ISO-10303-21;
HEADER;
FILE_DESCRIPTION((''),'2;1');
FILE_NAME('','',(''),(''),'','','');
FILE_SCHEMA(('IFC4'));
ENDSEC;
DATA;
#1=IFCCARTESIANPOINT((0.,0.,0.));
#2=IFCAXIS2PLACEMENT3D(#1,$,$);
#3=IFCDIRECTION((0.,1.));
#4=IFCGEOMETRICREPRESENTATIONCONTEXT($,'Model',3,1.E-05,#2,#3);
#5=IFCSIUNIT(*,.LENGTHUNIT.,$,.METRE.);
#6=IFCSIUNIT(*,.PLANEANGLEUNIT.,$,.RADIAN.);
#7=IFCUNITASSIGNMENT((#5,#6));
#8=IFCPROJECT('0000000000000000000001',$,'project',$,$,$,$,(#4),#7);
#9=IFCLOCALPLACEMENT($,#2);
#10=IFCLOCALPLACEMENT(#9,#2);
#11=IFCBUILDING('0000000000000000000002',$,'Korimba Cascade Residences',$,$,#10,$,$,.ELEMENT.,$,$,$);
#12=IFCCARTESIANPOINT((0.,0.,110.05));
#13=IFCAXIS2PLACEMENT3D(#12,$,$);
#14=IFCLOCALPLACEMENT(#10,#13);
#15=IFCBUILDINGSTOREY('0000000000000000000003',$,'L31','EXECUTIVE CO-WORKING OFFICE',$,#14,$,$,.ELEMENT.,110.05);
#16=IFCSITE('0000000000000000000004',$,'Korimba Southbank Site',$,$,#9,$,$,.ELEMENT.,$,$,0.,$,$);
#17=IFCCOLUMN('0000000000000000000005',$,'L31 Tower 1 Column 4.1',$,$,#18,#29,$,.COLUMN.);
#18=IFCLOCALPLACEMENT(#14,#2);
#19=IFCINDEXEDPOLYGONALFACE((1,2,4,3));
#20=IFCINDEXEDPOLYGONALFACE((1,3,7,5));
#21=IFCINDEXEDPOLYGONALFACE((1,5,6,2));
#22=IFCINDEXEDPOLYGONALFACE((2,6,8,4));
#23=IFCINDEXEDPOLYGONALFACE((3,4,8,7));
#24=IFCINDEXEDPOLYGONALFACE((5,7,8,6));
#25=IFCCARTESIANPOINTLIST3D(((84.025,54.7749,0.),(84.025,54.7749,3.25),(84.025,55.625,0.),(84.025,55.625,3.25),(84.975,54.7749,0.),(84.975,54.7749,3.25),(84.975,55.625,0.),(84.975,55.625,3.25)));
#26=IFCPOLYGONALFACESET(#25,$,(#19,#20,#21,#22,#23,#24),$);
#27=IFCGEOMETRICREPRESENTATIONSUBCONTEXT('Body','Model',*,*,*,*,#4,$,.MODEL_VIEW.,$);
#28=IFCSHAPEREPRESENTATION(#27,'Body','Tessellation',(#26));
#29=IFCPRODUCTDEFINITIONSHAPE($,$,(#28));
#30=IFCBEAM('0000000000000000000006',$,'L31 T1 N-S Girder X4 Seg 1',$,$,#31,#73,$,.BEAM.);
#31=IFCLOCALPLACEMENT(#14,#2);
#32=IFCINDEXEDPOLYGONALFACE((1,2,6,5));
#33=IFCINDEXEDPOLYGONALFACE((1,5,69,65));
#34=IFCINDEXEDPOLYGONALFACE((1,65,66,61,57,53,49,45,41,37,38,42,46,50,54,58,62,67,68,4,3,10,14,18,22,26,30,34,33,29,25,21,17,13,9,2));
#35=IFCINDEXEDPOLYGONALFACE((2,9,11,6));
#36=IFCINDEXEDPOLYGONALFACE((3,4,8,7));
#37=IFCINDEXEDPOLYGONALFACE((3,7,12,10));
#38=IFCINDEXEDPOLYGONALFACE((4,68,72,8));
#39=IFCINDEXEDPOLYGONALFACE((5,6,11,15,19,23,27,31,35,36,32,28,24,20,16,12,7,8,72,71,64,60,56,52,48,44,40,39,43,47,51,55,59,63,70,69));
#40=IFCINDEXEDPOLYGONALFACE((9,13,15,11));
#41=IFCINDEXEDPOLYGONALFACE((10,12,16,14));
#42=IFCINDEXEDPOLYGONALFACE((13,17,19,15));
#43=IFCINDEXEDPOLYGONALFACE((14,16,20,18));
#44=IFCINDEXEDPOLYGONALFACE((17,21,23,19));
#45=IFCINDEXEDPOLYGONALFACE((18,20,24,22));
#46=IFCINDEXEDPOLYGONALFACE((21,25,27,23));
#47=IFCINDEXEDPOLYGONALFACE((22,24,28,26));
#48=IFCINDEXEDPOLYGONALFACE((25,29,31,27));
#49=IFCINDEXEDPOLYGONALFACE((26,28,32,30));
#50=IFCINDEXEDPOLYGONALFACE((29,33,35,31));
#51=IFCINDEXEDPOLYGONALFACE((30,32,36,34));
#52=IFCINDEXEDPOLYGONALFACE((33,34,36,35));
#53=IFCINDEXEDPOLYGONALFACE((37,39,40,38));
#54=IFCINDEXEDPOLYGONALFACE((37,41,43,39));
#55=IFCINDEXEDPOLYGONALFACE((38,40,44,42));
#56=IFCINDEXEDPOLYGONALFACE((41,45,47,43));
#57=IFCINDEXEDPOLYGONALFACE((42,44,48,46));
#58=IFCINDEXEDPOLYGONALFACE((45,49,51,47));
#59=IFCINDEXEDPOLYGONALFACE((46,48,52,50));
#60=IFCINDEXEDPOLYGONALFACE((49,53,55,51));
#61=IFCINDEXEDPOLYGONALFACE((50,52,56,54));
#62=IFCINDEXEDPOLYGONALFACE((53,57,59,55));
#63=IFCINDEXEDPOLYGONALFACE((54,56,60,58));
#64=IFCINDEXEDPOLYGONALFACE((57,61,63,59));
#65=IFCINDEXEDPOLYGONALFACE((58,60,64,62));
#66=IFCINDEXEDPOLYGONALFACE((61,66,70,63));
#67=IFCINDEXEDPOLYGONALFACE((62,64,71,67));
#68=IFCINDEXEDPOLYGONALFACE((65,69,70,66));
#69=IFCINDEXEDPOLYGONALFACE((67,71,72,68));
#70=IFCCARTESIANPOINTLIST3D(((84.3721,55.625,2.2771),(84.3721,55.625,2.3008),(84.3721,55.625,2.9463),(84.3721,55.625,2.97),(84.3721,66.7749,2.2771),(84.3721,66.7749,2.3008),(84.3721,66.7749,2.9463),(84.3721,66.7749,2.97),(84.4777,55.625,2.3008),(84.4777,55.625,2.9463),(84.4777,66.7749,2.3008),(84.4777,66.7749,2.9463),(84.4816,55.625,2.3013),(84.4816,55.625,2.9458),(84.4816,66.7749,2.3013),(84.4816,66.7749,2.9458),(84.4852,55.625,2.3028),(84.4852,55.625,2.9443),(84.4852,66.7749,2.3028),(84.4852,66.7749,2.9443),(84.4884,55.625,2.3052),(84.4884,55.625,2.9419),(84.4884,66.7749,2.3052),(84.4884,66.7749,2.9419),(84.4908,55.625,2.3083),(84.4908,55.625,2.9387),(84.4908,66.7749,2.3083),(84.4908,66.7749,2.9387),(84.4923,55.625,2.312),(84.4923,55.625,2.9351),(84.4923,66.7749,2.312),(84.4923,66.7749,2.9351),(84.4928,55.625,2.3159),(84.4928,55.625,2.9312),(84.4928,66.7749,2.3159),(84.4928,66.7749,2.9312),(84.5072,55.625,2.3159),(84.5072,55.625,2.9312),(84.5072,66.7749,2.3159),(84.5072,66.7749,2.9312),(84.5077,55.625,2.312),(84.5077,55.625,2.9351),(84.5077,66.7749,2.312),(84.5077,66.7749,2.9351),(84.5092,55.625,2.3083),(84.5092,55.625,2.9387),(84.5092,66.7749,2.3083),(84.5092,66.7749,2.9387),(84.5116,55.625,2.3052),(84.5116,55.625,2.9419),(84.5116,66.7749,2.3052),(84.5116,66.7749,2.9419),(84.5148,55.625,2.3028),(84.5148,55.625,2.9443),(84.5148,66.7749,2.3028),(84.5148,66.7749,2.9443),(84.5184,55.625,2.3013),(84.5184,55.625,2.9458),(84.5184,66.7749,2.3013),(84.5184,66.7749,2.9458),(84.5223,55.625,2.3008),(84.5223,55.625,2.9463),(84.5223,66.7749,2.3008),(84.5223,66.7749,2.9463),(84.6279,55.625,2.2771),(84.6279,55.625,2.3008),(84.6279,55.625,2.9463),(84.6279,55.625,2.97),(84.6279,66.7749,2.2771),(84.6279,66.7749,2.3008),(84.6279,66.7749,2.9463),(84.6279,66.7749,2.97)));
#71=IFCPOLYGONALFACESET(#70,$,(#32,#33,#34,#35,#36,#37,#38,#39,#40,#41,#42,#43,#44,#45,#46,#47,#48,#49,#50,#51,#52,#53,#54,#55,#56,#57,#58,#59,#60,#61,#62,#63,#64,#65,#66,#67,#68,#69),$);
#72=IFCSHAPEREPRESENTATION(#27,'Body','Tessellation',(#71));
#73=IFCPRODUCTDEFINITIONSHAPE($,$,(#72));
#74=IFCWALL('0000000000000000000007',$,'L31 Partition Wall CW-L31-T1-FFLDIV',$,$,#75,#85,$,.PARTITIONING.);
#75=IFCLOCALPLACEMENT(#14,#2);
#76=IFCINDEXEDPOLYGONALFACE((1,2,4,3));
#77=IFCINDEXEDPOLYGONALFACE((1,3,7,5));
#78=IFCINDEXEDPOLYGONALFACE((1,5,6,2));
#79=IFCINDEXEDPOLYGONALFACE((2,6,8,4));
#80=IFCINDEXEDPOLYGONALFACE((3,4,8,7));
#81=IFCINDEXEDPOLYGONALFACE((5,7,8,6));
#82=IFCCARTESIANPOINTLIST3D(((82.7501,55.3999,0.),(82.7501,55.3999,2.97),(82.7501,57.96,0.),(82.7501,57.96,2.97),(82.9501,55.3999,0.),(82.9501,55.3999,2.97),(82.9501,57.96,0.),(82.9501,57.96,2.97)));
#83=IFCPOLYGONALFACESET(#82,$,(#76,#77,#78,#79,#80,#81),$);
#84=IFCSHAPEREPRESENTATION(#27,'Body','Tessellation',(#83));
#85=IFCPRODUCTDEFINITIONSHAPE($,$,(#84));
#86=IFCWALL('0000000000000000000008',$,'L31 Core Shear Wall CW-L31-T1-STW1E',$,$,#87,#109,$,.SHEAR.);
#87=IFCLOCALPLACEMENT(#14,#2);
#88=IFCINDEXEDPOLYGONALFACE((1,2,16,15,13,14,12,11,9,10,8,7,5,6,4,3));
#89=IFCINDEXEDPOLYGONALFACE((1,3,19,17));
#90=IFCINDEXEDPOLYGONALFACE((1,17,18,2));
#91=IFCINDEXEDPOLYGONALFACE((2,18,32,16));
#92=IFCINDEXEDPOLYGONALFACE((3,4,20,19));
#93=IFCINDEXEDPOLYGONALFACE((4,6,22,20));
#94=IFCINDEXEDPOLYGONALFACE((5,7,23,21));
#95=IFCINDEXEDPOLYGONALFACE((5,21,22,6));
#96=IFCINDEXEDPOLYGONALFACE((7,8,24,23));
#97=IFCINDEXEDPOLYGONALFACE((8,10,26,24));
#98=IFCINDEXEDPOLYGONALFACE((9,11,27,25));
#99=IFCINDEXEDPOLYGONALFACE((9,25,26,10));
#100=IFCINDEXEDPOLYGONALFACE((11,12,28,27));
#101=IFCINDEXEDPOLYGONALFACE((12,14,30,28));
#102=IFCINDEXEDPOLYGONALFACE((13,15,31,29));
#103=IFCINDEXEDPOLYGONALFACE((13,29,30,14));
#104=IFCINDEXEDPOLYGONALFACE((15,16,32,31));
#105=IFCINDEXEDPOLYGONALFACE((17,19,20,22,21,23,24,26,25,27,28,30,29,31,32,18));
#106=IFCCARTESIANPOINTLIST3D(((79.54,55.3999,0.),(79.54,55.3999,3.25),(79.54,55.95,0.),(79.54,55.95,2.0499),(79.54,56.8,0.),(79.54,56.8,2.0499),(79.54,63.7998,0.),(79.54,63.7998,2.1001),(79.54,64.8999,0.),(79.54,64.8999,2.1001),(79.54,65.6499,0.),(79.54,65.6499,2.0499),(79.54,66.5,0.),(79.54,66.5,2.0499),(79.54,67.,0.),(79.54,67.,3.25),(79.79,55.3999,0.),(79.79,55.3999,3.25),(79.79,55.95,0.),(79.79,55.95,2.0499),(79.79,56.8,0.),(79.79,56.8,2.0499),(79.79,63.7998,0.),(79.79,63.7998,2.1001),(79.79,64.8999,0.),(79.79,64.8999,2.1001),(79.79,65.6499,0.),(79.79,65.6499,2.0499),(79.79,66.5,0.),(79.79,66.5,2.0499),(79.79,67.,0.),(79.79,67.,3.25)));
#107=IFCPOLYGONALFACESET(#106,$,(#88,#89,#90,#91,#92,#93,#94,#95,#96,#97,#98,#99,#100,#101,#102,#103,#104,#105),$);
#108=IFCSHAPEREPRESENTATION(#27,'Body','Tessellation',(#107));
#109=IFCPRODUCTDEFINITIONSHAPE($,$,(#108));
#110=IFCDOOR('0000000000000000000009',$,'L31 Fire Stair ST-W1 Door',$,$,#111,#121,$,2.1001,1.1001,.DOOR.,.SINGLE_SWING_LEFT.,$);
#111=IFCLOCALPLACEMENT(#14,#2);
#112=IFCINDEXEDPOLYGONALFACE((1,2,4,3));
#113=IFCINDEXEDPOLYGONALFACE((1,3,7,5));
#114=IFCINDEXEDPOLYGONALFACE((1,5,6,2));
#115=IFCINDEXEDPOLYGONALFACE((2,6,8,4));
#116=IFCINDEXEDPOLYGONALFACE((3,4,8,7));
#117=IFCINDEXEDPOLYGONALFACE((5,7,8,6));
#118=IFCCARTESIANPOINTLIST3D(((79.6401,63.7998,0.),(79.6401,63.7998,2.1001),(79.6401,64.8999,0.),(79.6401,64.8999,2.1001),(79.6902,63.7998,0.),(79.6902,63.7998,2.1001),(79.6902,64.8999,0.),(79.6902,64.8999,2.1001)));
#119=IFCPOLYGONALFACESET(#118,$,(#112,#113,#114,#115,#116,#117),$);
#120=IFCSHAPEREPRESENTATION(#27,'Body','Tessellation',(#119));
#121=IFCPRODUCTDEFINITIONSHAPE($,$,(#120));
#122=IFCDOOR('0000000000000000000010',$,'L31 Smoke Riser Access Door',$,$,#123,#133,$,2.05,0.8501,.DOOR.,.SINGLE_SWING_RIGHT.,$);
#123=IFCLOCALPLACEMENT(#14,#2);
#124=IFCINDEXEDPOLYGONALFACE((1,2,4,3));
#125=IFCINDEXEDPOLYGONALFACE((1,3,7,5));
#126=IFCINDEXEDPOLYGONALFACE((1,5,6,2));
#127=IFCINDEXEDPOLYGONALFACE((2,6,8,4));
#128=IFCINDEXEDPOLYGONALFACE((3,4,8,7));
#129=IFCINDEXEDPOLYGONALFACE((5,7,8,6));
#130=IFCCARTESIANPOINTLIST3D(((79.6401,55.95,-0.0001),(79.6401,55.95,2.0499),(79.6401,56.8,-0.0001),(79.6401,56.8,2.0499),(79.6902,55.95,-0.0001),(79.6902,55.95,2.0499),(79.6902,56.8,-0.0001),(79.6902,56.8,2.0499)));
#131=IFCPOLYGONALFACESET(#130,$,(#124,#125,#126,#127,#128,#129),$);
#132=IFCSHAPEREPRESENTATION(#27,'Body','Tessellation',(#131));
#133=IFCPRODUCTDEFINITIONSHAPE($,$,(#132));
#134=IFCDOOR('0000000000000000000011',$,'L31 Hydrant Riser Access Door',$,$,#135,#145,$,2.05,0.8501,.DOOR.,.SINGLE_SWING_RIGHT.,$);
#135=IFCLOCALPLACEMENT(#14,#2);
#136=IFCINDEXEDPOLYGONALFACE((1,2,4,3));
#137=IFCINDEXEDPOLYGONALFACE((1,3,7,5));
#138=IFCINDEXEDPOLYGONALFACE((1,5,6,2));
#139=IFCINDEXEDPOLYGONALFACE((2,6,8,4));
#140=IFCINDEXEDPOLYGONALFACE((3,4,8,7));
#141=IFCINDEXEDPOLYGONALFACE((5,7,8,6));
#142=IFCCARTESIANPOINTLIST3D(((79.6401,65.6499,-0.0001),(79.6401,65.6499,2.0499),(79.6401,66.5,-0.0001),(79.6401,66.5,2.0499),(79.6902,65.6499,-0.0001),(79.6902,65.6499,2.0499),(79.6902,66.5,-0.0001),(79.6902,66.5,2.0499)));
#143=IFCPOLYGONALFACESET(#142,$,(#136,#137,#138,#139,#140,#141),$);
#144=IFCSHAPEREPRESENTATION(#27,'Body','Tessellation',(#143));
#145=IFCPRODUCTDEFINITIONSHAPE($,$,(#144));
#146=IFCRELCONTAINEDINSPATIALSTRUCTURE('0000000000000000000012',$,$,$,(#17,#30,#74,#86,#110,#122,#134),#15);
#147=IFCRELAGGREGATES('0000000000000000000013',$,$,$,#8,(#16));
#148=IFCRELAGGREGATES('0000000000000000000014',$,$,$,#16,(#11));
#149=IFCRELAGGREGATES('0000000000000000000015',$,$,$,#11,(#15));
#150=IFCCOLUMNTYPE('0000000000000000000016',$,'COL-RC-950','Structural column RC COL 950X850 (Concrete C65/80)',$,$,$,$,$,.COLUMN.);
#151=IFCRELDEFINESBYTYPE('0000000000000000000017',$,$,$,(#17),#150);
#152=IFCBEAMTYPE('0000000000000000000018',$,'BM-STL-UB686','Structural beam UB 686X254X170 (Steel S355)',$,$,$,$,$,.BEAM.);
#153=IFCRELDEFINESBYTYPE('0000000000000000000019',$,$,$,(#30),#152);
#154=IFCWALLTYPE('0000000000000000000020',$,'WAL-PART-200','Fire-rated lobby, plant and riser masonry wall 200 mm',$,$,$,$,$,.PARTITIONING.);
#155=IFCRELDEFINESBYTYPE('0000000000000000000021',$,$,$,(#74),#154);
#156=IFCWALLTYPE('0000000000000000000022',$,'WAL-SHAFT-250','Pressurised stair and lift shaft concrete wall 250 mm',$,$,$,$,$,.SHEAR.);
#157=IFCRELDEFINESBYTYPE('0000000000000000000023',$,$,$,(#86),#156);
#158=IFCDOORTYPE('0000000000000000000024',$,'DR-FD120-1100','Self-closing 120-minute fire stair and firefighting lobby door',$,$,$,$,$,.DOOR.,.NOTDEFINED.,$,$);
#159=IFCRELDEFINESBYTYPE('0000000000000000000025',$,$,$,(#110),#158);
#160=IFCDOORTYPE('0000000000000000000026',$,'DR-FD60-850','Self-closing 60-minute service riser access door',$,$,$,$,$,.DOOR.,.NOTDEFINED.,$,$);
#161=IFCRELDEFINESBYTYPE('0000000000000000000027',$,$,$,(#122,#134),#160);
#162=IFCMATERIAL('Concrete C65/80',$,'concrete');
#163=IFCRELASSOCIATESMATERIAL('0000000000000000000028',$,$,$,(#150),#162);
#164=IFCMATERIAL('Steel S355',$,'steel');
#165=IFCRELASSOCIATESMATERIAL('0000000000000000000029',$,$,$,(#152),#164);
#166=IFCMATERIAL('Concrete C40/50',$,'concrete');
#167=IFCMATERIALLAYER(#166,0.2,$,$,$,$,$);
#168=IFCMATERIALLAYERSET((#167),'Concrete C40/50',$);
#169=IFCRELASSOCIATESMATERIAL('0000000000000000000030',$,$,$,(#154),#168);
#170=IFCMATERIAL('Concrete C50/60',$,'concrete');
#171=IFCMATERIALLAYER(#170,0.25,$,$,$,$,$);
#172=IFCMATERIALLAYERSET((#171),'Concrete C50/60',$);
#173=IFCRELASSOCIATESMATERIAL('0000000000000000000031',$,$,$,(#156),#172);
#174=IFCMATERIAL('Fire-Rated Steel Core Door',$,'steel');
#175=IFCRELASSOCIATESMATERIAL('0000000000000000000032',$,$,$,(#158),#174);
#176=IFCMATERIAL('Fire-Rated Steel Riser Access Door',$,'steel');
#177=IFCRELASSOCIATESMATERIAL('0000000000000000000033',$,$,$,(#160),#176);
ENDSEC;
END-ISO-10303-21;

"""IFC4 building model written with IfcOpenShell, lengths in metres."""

from ifc_helpers import new_model, si_unit, direction, frame, frame_2d, origin, origin_2d, place, context, subcontext, project, spatial, rectangle, i_section, extrude, material, layer, layer_set, material_profile, profile_set, type_object, element, fill, save


model = new_model("IFC4")

# Units and contexts
model_context = context("Model", 3, precision=1e-05, world=origin(), true_north=direction((0.0, 1.0)))
body_context = subcontext(model_context, "Body", "Model", "MODEL_VIEW")
ifc_project = project(units=[si_unit("LENGTHUNIT", "METRE"), si_unit("PLANEANGLEUNIT", "RADIAN")], contexts=[model_context])

# Site, building, storey
site_placement = place(None, origin())
site = spatial("IfcSite", under=ifc_project, at=site_placement, Name="Korimba Southbank Site", CompositionType="ELEMENT", RefElevation=0.0)
building_placement = place(site_placement, origin())
building = spatial("IfcBuilding", under=site, at=building_placement, Name="Korimba Cascade Residences", CompositionType="ELEMENT")
storey_placement = place(building_placement, frame((0.0, 0.0, 110.05)))
storey = spatial("IfcBuildingStorey", under=building, at=storey_placement, Name="L31", Description="EXECUTIVE CO-WORKING OFFICE", CompositionType="ELEMENT", Elevation=110.05)

# Column
ifc_material_1 = material(Name="Concrete C65/80", Category="concrete")
ifc_material_profile_1 = material_profile(ifc_material_1, rectangle(XDim=0.95, YDim=0.8501, at=origin_2d()), Name="Concrete C65/80")
ifc_profile_set_1 = profile_set([ifc_material_profile_1], Name="Concrete C65/80")
column_type = type_object("IfcColumnType", Name="COL-RC-950", Description="Structural column RC COL 950X850 (Concrete C65/80)", PredefinedType="COLUMN", material=ifc_profile_set_1)
column_placement = place(storey_placement, frame((84.5, 55.2, 0.0), z_axis=(0.0, 0.0, 1.0), x_axis=(1.0, 0.0, 0.0)))
element("IfcColumn", 1, at=column_placement, inside=storey, type_object=column_type, Name="L31 Tower 1 Column 4.1", PredefinedType="COLUMN", context=body_context, shape_type="SweptSolid", body=[
    extrude(rectangle(XDim=0.95, YDim=0.8501, at=origin_2d()), origin(), (0.0, 0.0, 1.0), 3.25),
])

# Beam
ifc_material_2 = material(Name="Steel S355", Category="steel")
ifc_material_profile_2 = material_profile(ifc_material_2, i_section(OverallWidth=0.2559, OverallDepth=0.6929, WebThickness=0.0144, FlangeThickness=0.0237, FilletRadius=0.0151, at=origin_2d()), Name="Steel S355")
ifc_profile_set_2 = profile_set([ifc_material_profile_2], Name="Steel S355")
beam_type = type_object("IfcBeamType", Name="BM-STL-UB686", Description="Structural beam UB 686X254X170 (Steel S355)", PredefinedType="BEAM", material=ifc_profile_set_2)
beam_placement = place(storey_placement, frame((84.5, 55.625, 2.6235), z_axis=(0.0, 1.0, 0.0), x_axis=(-1.0, 0.0, 0.0)))
element("IfcBeam", 2, at=beam_placement, inside=storey, type_object=beam_type, Name="L31 T1 N-S Girder X4 Seg 1", PredefinedType="BEAM", context=body_context, shape_type="SweptSolid", body=[
    extrude(i_section(OverallWidth=0.2559, OverallDepth=0.6929, WebThickness=0.0144, FlangeThickness=0.0237, FilletRadius=0.0151, at=origin_2d()), origin(), (0.0, 0.0, 1.0), 11.1499),
])

# Wall
ifc_material_3 = material(Name="Concrete C40/50", Category="concrete")
ifc_layer_1 = layer(ifc_material_3, 0.2)
ifc_layer_set_1 = layer_set([ifc_layer_1], Name="Concrete C40/50")
wall_type_1 = type_object("IfcWallType", Name="WAL-PART-200", Description="Fire-rated lobby, plant and riser masonry wall 200 mm", PredefinedType="PARTITIONING", material=ifc_layer_set_1)
wall_1_placement = place(storey_placement, frame((82.8501, 55.3999, 0.0), z_axis=(0.0, 0.0, 1.0), x_axis=(0.0, 1.0, 0.0)))
element("IfcWall", 3, at=wall_1_placement, inside=storey, type_object=wall_type_1, Name="L31 Partition Wall CW-L31-T1-FFLDIV", PredefinedType="PARTITIONING", context=body_context, shape_type="SweptSolid", body=[
    extrude(rectangle(XDim=2.5601, YDim=0.2, at=frame_2d((1.28, 0.0))), origin(), (0.0, 0.0, 1.0), 2.97),
])

# Wall, openings, doors
ifc_material_4 = material(Name="Concrete C50/60", Category="concrete")
ifc_layer_2 = layer(ifc_material_4, 0.25)
ifc_layer_set_2 = layer_set([ifc_layer_2], Name="Concrete C50/60")
wall_type_2 = type_object("IfcWallType", Name="WAL-SHAFT-250", Description="Pressurised stair and lift shaft concrete wall 250 mm", PredefinedType="SHEAR", material=ifc_layer_set_2)
wall_2_placement = place(storey_placement, frame((79.665, 55.3999, 0.0), z_axis=(0.0, 0.0, 1.0), x_axis=(0.0, 1.0, 0.0)))
wall_2 = element("IfcWall", 4, at=wall_2_placement, inside=storey, type_object=wall_type_2, Name="L31 Core Shear Wall CW-L31-T1-STW1E", PredefinedType="SHEAR", context=body_context, shape_type="SweptSolid", body=[
    extrude(rectangle(XDim=11.6001, YDim=0.25, at=frame_2d((5.8, 0.0))), origin(), (0.0, 0.0, 1.0), 3.25),
])
opening_1_placement = place(wall_2_placement, frame((0.55, 0.0, 0.0)))
opening_1 = element("IfcOpeningElement", 5, at=opening_1_placement, cuts=wall_2, PredefinedType="OPENING", context=body_context, shape_type="SweptSolid", body=[
    extrude(rectangle(XDim=0.8501, YDim=2.05, at=frame_2d((0.425, 1.0249))), frame((0.0, 0.135, 0.0), z_axis=(0.0, -1.0, 0.0), x_axis=(1.0, 0.0, 0.0)), (0.0, 0.0, 1.0), 0.27),
])
opening_2_placement = place(wall_2_placement, frame((8.3999, 0.0, 0.0)))
opening_2 = element("IfcOpeningElement", 6, at=opening_2_placement, cuts=wall_2, PredefinedType="OPENING", context=body_context, shape_type="SweptSolid", body=[
    extrude(rectangle(XDim=1.1001, YDim=2.1001, at=frame_2d((0.55, 1.05))), frame((0.0, 0.135, 0.0), z_axis=(0.0, -1.0, 0.0), x_axis=(1.0, 0.0, 0.0)), (0.0, 0.0, 1.0), 0.27),
])
opening_3_placement = place(wall_2_placement, frame((10.25, 0.0, 0.0)))
opening_3 = element("IfcOpeningElement", 7, at=opening_3_placement, cuts=wall_2, PredefinedType="OPENING", context=body_context, shape_type="SweptSolid", body=[
    extrude(rectangle(XDim=0.8501, YDim=2.05, at=frame_2d((0.425, 1.0249))), frame((0.0, 0.135, 0.0), z_axis=(0.0, -1.0, 0.0), x_axis=(1.0, 0.0, 0.0)), (0.0, 0.0, 1.0), 0.27),
])
ifc_material_5 = material(Name="Fire-Rated Steel Core Door", Category="steel")
door_type_1 = type_object("IfcDoorType", Name="DR-FD120-1100", Description="Self-closing 120-minute fire stair and firefighting lobby door", OperationType="NOTDEFINED", PredefinedType="DOOR", material=ifc_material_5)
door_1_placement = place(opening_2_placement, origin())
door_1 = element("IfcDoor", 8, at=door_1_placement, inside=storey, type_object=door_type_1, Name="L31 Fire Stair ST-W1 Door", OperationType="SINGLE_SWING_LEFT", OverallHeight=2.1001, OverallWidth=1.1001, PredefinedType="DOOR", context=body_context, shape_type="SweptSolid", body=[
    extrude(rectangle(XDim=1.1001, YDim=2.1001, at=frame_2d((0.55, 1.05))), frame((0.0, 0.0249, 0.0), z_axis=(0.0, -1.0, 0.0), x_axis=(1.0, 0.0, 0.0)), (0.0, 0.0, 1.0), 0.05),
])
fill(opening_2, door_1)
ifc_material_6 = material(Name="Fire-Rated Steel Riser Access Door", Category="steel")
door_type_2 = type_object("IfcDoorType", Name="DR-FD60-850", Description="Self-closing 60-minute service riser access door", OperationType="NOTDEFINED", PredefinedType="DOOR", material=ifc_material_6)
door_2_placement = place(opening_1_placement, origin())
door_2 = element("IfcDoor", 9, at=door_2_placement, inside=storey, type_object=door_type_2, Name="L31 Smoke Riser Access Door", OperationType="SINGLE_SWING_RIGHT", OverallHeight=2.05, OverallWidth=0.8501, PredefinedType="DOOR", context=body_context, shape_type="SweptSolid", body=[
    extrude(rectangle(XDim=0.8501, YDim=2.05, at=frame_2d((0.425, 1.0249))), frame((0.0, 0.0249, 0.0), z_axis=(0.0, -1.0, 0.0), x_axis=(1.0, 0.0, 0.0)), (0.0, 0.0, 1.0), 0.05),
])
fill(opening_1, door_2)
door_3_placement = place(opening_3_placement, origin())
door_3 = element("IfcDoor", 10, at=door_3_placement, inside=storey, type_object=door_type_2, Name="L31 Hydrant Riser Access Door", OperationType="SINGLE_SWING_RIGHT", OverallHeight=2.05, OverallWidth=0.8501, PredefinedType="DOOR", context=body_context, shape_type="SweptSolid", body=[
    extrude(rectangle(XDim=0.8501, YDim=2.05, at=frame_2d((0.425, 1.0249))), frame((0.0, 0.0249, 0.0), z_axis=(0.0, -1.0, 0.0), x_axis=(1.0, 0.0, 0.0)), (0.0, 0.0, 1.0), 0.05),
])
fill(opening_3, door_3)

save(model, "model.ifc")
